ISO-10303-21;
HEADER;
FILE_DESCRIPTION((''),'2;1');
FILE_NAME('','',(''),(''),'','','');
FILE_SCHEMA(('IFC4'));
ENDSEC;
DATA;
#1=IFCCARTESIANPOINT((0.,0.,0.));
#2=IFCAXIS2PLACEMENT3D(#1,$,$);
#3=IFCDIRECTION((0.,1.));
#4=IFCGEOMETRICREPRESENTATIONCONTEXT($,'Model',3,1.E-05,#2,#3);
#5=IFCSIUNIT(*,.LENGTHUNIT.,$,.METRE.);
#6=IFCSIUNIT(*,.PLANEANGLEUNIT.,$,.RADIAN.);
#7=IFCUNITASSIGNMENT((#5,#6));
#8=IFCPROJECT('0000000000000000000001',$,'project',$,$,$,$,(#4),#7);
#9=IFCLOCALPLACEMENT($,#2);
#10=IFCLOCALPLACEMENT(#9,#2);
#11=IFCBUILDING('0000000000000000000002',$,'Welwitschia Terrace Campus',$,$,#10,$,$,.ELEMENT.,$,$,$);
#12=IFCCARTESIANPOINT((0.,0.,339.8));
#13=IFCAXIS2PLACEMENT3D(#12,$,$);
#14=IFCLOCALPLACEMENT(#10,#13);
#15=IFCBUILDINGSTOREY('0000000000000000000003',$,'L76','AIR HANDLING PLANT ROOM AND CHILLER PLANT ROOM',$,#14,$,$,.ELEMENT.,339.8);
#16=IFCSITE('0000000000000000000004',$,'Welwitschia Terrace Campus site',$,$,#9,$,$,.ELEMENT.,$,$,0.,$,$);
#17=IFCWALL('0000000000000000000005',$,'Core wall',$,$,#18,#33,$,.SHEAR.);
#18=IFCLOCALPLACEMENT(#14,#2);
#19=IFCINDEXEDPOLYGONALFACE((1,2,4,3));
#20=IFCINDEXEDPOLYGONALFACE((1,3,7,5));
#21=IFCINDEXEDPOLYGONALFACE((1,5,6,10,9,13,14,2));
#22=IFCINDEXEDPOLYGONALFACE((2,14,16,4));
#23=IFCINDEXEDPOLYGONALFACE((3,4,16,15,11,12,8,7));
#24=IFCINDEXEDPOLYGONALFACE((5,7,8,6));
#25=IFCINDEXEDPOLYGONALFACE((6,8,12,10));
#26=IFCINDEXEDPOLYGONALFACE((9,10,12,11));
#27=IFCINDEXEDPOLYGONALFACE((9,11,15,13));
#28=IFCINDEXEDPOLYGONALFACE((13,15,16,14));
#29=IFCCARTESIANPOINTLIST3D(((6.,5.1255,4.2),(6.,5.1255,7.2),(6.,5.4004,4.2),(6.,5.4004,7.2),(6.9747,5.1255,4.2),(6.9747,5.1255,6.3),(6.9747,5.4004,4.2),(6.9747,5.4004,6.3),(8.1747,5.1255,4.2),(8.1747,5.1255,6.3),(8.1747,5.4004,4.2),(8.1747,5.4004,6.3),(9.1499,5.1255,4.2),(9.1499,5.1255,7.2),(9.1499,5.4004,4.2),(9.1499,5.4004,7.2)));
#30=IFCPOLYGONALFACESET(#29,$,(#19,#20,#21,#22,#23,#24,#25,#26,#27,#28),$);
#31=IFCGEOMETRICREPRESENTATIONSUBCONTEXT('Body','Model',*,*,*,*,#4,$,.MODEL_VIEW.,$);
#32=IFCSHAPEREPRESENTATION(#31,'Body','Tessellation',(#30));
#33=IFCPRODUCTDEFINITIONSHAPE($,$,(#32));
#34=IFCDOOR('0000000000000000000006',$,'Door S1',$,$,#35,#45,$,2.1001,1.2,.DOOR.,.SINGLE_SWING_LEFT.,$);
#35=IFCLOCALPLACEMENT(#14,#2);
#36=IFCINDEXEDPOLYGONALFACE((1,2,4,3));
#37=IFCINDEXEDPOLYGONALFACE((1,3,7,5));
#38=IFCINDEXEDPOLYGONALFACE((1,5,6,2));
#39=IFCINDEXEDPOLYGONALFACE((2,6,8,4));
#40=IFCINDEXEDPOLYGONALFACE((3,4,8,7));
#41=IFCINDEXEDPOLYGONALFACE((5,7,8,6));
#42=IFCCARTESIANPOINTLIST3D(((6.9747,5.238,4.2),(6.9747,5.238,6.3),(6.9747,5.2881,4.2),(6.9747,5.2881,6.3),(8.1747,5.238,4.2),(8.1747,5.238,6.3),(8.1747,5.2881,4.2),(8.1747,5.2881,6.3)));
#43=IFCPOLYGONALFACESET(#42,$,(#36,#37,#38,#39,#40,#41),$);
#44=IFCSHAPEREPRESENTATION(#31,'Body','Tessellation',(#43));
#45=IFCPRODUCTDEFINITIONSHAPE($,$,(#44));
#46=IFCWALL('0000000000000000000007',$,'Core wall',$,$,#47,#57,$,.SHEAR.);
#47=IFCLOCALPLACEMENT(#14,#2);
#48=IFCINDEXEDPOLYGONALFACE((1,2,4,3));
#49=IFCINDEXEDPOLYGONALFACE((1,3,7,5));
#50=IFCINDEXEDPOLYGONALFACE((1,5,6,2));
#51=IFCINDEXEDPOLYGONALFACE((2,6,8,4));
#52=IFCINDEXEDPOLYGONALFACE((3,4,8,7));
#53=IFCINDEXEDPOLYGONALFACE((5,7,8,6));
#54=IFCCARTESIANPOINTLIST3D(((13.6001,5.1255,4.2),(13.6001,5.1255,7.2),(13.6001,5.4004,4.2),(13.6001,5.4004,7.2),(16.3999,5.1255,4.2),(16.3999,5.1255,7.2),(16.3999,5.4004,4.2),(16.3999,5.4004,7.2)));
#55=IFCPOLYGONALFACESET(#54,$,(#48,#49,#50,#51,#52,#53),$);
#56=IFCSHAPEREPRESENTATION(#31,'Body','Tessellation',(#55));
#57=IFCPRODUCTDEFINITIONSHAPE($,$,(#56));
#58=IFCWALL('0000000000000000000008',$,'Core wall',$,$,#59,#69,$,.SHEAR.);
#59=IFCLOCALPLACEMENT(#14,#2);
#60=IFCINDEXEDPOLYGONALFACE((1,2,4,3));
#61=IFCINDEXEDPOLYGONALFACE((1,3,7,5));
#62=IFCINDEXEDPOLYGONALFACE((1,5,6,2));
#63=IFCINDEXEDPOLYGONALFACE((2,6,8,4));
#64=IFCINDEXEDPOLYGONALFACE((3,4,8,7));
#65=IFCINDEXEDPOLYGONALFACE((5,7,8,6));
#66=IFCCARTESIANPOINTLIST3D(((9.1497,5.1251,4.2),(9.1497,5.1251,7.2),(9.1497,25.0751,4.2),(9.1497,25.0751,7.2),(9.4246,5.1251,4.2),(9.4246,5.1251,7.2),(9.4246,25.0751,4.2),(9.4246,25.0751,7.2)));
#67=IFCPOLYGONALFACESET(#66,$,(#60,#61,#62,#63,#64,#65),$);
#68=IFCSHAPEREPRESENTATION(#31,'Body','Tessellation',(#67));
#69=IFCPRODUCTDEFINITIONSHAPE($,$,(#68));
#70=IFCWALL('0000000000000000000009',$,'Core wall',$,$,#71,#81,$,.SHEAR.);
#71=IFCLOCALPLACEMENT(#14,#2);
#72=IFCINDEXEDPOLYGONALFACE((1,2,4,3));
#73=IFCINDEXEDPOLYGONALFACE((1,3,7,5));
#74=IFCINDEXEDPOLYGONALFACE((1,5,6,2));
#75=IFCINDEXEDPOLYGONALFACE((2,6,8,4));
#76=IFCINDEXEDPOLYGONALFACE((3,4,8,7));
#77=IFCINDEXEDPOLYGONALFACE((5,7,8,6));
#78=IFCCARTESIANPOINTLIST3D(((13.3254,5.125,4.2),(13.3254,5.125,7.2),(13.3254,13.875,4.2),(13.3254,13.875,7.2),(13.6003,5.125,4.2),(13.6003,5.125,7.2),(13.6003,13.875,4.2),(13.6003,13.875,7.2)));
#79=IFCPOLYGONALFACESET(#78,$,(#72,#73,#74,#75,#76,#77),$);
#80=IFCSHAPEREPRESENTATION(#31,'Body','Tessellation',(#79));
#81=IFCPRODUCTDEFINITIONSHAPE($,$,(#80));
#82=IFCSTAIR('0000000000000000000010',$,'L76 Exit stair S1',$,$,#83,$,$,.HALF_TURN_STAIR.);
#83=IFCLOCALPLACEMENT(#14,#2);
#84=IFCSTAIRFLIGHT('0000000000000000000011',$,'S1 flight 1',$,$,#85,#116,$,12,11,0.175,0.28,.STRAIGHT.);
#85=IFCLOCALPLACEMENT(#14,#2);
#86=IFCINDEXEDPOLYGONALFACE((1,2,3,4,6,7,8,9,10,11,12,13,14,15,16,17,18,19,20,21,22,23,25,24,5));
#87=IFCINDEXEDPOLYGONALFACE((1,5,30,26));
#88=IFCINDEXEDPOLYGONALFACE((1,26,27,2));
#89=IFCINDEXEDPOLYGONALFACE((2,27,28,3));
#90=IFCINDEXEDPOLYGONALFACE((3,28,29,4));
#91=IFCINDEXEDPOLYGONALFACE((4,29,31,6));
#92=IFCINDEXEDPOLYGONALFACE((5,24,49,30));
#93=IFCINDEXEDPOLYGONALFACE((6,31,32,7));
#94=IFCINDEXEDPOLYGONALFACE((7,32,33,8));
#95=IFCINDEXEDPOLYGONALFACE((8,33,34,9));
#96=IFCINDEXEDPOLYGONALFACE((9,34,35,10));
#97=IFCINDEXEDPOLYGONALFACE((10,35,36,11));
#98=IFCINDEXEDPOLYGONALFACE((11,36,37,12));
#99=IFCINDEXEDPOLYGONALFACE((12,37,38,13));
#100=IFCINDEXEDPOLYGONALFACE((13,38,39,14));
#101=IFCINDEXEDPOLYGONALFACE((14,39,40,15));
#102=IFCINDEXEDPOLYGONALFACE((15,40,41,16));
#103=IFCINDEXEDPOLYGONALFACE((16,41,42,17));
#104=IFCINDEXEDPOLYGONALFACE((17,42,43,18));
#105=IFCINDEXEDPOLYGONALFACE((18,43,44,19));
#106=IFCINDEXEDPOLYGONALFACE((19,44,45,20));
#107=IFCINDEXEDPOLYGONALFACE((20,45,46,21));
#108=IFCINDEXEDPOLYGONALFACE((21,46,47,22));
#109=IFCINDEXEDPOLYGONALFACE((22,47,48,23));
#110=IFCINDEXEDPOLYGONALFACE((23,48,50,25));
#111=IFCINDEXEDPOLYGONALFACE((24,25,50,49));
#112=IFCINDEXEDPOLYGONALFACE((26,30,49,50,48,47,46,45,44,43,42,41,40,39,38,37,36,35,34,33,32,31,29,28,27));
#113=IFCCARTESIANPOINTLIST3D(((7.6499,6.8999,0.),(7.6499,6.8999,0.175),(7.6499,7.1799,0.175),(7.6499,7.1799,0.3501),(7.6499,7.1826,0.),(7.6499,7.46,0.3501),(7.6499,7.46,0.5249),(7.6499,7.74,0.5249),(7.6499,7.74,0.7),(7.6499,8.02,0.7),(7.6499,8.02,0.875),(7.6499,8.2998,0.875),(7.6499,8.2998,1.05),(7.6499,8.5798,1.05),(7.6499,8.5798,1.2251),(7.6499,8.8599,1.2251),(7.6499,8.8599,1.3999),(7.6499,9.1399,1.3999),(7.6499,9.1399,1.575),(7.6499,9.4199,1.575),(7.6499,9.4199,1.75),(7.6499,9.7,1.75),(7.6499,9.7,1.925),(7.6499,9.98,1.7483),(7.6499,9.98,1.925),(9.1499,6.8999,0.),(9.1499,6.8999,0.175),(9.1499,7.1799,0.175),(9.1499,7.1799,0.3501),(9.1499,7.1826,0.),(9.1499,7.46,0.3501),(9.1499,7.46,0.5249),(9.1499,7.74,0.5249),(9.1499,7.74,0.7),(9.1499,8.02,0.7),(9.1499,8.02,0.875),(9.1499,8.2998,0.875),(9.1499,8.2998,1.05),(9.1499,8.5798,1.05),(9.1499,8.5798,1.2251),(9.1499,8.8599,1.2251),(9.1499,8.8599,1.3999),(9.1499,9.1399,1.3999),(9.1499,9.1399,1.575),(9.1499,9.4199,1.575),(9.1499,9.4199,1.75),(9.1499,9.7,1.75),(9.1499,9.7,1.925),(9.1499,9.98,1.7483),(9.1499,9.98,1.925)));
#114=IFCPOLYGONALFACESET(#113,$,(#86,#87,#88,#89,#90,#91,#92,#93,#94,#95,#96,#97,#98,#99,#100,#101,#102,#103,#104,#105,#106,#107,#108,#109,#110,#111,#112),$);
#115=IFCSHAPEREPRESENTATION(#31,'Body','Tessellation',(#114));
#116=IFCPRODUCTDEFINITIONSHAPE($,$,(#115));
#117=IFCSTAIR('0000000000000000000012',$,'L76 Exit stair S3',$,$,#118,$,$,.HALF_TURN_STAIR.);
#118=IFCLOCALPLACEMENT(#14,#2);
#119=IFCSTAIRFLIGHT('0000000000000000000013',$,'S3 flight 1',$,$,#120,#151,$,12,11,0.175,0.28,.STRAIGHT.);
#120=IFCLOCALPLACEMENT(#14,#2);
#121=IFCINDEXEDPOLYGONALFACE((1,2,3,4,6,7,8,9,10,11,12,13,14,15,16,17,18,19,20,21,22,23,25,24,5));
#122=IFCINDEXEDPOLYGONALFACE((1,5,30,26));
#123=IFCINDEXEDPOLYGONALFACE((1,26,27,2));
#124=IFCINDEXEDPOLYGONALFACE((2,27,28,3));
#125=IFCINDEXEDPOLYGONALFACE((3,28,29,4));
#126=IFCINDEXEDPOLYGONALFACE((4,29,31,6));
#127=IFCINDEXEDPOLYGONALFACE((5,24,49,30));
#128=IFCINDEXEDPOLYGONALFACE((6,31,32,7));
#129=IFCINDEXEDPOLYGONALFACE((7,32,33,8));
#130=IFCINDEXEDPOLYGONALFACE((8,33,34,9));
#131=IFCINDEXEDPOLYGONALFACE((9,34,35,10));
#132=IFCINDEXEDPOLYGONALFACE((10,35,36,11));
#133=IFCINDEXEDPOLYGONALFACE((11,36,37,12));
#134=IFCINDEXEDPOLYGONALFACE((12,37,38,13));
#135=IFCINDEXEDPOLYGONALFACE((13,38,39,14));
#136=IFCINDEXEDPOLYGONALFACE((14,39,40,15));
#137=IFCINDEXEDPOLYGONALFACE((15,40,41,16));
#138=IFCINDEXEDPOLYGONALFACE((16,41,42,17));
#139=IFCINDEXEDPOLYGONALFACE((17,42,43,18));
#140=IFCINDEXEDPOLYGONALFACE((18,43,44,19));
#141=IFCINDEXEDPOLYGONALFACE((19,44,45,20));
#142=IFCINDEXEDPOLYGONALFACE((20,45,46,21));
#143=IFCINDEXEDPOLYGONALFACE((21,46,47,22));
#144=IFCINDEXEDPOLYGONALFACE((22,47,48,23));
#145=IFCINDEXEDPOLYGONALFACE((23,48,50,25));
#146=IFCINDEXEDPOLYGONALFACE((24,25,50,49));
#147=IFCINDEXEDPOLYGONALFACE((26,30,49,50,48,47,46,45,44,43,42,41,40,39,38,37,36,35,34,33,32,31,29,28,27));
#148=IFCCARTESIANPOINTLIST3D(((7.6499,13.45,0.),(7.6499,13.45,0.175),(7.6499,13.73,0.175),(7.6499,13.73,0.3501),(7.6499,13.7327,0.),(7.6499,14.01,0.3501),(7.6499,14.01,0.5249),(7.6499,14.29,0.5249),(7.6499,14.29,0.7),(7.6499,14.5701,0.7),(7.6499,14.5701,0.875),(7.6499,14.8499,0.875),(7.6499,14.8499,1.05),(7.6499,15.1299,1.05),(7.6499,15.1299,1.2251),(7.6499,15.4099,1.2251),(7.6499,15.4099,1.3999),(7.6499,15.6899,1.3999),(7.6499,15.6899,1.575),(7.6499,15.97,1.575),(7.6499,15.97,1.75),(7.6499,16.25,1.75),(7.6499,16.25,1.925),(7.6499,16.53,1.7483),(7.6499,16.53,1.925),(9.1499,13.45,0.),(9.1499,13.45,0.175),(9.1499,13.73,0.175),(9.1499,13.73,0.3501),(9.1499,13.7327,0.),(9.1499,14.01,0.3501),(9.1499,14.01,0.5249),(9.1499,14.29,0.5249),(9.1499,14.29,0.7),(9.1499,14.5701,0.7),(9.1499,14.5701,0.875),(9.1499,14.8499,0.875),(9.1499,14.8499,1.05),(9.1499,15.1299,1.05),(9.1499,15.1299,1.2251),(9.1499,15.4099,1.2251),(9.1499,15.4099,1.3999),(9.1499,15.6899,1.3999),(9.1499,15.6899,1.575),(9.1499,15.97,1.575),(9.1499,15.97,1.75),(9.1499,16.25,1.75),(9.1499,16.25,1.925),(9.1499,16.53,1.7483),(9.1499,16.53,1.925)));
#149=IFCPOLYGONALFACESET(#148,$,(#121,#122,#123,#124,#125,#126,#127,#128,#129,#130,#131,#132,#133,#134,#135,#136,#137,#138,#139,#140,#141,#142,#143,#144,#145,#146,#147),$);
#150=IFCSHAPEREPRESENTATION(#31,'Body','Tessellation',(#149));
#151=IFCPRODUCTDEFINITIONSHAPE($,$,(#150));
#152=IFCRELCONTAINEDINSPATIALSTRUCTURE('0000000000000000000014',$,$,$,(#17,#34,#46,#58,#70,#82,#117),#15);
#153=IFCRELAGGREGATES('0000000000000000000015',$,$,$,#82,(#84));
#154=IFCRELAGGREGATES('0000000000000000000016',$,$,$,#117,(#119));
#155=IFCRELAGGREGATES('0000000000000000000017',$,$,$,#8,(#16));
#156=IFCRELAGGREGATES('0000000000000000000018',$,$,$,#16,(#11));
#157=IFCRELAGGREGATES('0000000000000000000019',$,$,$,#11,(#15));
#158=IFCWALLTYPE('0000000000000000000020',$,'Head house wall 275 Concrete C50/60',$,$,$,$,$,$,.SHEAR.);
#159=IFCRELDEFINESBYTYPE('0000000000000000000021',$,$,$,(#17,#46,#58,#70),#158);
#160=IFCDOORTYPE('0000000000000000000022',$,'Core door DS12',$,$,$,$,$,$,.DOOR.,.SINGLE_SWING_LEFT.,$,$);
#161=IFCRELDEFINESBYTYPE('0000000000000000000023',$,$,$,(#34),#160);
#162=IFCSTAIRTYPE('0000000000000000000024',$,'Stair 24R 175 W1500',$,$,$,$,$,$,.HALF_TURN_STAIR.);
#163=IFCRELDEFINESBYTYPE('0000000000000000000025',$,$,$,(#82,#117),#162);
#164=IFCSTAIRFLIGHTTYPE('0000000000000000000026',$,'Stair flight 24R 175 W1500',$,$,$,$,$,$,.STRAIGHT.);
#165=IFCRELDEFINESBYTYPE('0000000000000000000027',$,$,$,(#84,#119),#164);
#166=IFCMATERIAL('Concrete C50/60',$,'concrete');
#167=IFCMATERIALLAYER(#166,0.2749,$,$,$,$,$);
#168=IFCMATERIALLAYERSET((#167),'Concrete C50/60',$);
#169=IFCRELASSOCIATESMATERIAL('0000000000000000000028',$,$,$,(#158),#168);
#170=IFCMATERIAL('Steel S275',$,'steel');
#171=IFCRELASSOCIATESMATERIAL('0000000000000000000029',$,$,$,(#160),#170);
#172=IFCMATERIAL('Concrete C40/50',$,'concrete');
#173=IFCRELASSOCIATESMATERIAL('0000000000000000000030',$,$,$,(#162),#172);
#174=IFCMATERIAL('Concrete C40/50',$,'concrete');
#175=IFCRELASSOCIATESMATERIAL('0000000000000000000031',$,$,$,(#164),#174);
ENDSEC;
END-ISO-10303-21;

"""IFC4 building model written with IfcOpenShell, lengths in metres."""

from ifc_helpers import new_model, si_unit, direction, frame, frame_2d, origin, place, context, subcontext, project, spatial, polyline, rectangle, outline, extrude, material, layer, layer_set, type_object, element, fill, aggregate, save


model = new_model("IFC4")

# Units and contexts
model_context = context("Model", 3, precision=1e-05, world=origin(), true_north=direction((0.0, 1.0)))
body_context = subcontext(model_context, "Body", "Model", "MODEL_VIEW")
ifc_project = project(units=[si_unit("LENGTHUNIT", "METRE"), si_unit("PLANEANGLEUNIT", "RADIAN")], contexts=[model_context])

# Site, building, storey
site_placement = place(None, origin())
site = spatial("IfcSite", under=ifc_project, at=site_placement, Name="Welwitschia Terrace Campus site", CompositionType="ELEMENT", RefElevation=0.0)
building_placement = place(site_placement, origin())
building = spatial("IfcBuilding", under=site, at=building_placement, Name="Welwitschia Terrace Campus", CompositionType="ELEMENT")
storey_placement = place(building_placement, frame((0.0, 0.0, 339.8)))
storey = spatial("IfcBuildingStorey", under=building, at=storey_placement, Name="L76", Description="AIR HANDLING PLANT ROOM AND CHILLER PLANT ROOM", CompositionType="ELEMENT", Elevation=339.8)

# Wall, opening, door
ifc_material_1 = material(Name="Concrete C50/60", Category="concrete")
ifc_layer_1 = layer(ifc_material_1, 0.2749)
ifc_layer_set_1 = layer_set([ifc_layer_1], Name="Concrete C50/60")
wall_type_1 = type_object("IfcWallType", Name="Head house wall 275 Concrete C50/60", PredefinedType="SHEAR", material=ifc_layer_set_1)
wall_1_placement = place(storey_placement, frame((9.1499, 5.2629, 4.2), z_axis=(0.0, 0.0, 1.0), x_axis=(-1.0, 0.0, 0.0)))
wall_1 = element("IfcWall", 1, at=wall_1_placement, inside=storey, type_object=wall_type_1, Name="Core wall", PredefinedType="SHEAR", context=body_context, shape_type="SweptSolid", body=[
    extrude(rectangle(XDim=3.1499, YDim=0.2749, at=frame_2d((1.575, 0.0))), origin(), (0.0, 0.0, 1.0), 3.0),
])
opening_1_placement = place(wall_1_placement, frame((0.9751, 0.0, 0.0)))
opening_1 = element("IfcOpeningElement", 2, at=opening_1_placement, cuts=wall_1, PredefinedType="OPENING", context=body_context, shape_type="SweptSolid", body=[
    extrude(rectangle(XDim=1.2, YDim=2.1001, at=frame_2d((0.6001, 1.05))), frame((0.0, 0.1475, 0.0), z_axis=(0.0, -1.0, 0.0), x_axis=(1.0, 0.0, 0.0)), (0.0, 0.0, 1.0), 0.2949),
])
ifc_material_2 = material(Name="Steel S275", Category="steel")
door_type_1 = type_object("IfcDoorType", Name="Core door DS12", OperationType="SINGLE_SWING_LEFT", PredefinedType="DOOR", material=ifc_material_2)
door_1_placement = place(opening_1_placement, origin())
door_1 = element("IfcDoor", 3, at=door_1_placement, inside=storey, type_object=door_type_1, Name="Door S1", OperationType="SINGLE_SWING_LEFT", OverallHeight=2.1001, OverallWidth=1.2, PredefinedType="DOOR", context=body_context, shape_type="SweptSolid", body=[
    extrude(rectangle(XDim=1.2, YDim=2.1001, at=frame_2d((0.6001, 1.05))), frame((0.0, 0.0249, 0.0), z_axis=(0.0, -1.0, 0.0), x_axis=(1.0, 0.0, 0.0)), (0.0, 0.0, 1.0), 0.05),
])
fill(opening_1, door_1)

# Walls
wall_2_placement = place(storey_placement, frame((13.6001, 5.2629, 4.2), z_axis=(0.0, 0.0, 1.0), x_axis=(1.0, 0.0, 0.0)))
element("IfcWall", 4, at=wall_2_placement, inside=storey, type_object=wall_type_1, Name="Core wall", PredefinedType="SHEAR", context=body_context, shape_type="SweptSolid", body=[
    extrude(rectangle(XDim=2.7998, YDim=0.2749, at=frame_2d((1.3999, 0.0))), origin(), (0.0, 0.0, 1.0), 3.0),
])
wall_3_placement = place(storey_placement, frame((9.2871, 5.125, 4.2), z_axis=(0.0, 0.0, 1.0), x_axis=(0.0, 1.0, 0.0)))
element("IfcWall", 5, at=wall_3_placement, inside=storey, type_object=wall_type_1, Name="Core wall", PredefinedType="SHEAR", context=body_context, shape_type="SweptSolid", body=[
    extrude(rectangle(XDim=19.95, YDim=0.2749, at=frame_2d((9.9751, 0.0))), origin(), (0.0, 0.0, 1.0), 3.0),
])
wall_4_placement = place(storey_placement, frame((13.4629, 5.125, 4.2), z_axis=(0.0, 0.0, 1.0), x_axis=(0.0, 1.0, 0.0)))
element("IfcWall", 6, at=wall_4_placement, inside=storey, type_object=wall_type_1, Name="Core wall", PredefinedType="SHEAR", context=body_context, shape_type="SweptSolid", body=[
    extrude(rectangle(XDim=8.75, YDim=0.2749, at=frame_2d((4.375, 0.0))), origin(), (0.0, 0.0, 1.0), 3.0),
])

# Stairs, stair flights
ifc_material_3 = material(Name="Concrete C40/50", Category="concrete")
stair_type = type_object("IfcStairType", Name="Stair 24R 175 W1500", PredefinedType="HALF_TURN_STAIR", material=ifc_material_3)
stair_1_placement = place(storey_placement, origin())
stair_1 = element("IfcStair", 7, at=stair_1_placement, inside=storey, type_object=stair_type, Name="L76 Exit stair S1", PredefinedType="HALF_TURN_STAIR")
ifc_material_4 = material(Name="Concrete C40/50", Category="concrete")
stair_flight_type = type_object("IfcStairFlightType", Name="Stair flight 24R 175 W1500", PredefinedType="STRAIGHT", material=ifc_material_4)
stair_flight_1_placement = place(storey_placement, frame((8.3999, 6.8999, 0.0), z_axis=(0.0, 0.0, 1.0), x_axis=(0.0, 1.0, 0.0)))
stair_flight_1 = element("IfcStairFlight", 8, at=stair_flight_1_placement, type_object=stair_flight_type, Name="S1 flight 1", NumberOfRisers=12, NumberOfTreads=11, PredefinedType="STRAIGHT", RiserHeight=0.175, TreadLength=0.28, context=body_context, shape_type="SweptSolid", body=[
    extrude(outline(polyline([(0.0, 0.0), (0.0, 0.175), (0.28, 0.175), (0.28, 0.3501), (0.5601, 0.3501), (0.5601, 0.5249), (0.8401, 0.5249), (0.8401, 0.7), (1.1201, 0.7), (1.1201, 0.875), (1.3999, 0.875), (1.3999, 1.05), (1.6799, 1.05), (1.6799, 1.2251), (1.96, 1.2251), (1.96, 1.3999), (2.24, 1.3999), (2.24, 1.575), (2.52, 1.575), (2.52, 1.75), (2.8, 1.75), (2.8, 1.925), (3.0801, 1.925), (3.0801, 2.1001), (3.0801, 1.7483), (0.2827, 0.0), (0.0, 0.0)])), frame((0.0, 0.75, 0.0), z_axis=(0.0, -1.0, 0.0), x_axis=(1.0, 0.0, 0.0)), (0.0, 0.0, 1.0), 1.5),
])
aggregate(stair_1, [stair_flight_1])
stair_2_placement = place(storey_placement, origin())
stair_2 = element("IfcStair", 9, at=stair_2_placement, inside=storey, type_object=stair_type, Name="L76 Exit stair S3", PredefinedType="HALF_TURN_STAIR")
stair_flight_2_placement = place(storey_placement, frame((8.3999, 13.45, 0.0), z_axis=(0.0, 0.0, 1.0), x_axis=(0.0, 1.0, 0.0)))
stair_flight_2 = element("IfcStairFlight", 10, at=stair_flight_2_placement, type_object=stair_flight_type, Name="S3 flight 1", NumberOfRisers=12, NumberOfTreads=11, PredefinedType="STRAIGHT", RiserHeight=0.175, TreadLength=0.28, context=body_context, shape_type="SweptSolid", body=[
    extrude(outline(polyline([(0.0, 0.0), (0.0, 0.175), (0.28, 0.175), (0.28, 0.3501), (0.5601, 0.3501), (0.5601, 0.5249), (0.8401, 0.5249), (0.8401, 0.7), (1.1201, 0.7), (1.1201, 0.875), (1.3999, 0.875), (1.3999, 1.05), (1.6799, 1.05), (1.6799, 1.2251), (1.96, 1.2251), (1.96, 1.3999), (2.24, 1.3999), (2.24, 1.575), (2.52, 1.575), (2.52, 1.75), (2.8, 1.75), (2.8, 1.925), (3.0801, 1.925), (3.0801, 2.1001), (3.0801, 1.7483), (0.2827, 0.0), (0.0, 0.0)])), frame((0.0, 0.75, 0.0), z_axis=(0.0, -1.0, 0.0), x_axis=(1.0, 0.0, 0.0)), (0.0, 0.0, 1.0), 1.5),
])
aggregate(stair_2, [stair_flight_2])

save(model, "model.ifc")
